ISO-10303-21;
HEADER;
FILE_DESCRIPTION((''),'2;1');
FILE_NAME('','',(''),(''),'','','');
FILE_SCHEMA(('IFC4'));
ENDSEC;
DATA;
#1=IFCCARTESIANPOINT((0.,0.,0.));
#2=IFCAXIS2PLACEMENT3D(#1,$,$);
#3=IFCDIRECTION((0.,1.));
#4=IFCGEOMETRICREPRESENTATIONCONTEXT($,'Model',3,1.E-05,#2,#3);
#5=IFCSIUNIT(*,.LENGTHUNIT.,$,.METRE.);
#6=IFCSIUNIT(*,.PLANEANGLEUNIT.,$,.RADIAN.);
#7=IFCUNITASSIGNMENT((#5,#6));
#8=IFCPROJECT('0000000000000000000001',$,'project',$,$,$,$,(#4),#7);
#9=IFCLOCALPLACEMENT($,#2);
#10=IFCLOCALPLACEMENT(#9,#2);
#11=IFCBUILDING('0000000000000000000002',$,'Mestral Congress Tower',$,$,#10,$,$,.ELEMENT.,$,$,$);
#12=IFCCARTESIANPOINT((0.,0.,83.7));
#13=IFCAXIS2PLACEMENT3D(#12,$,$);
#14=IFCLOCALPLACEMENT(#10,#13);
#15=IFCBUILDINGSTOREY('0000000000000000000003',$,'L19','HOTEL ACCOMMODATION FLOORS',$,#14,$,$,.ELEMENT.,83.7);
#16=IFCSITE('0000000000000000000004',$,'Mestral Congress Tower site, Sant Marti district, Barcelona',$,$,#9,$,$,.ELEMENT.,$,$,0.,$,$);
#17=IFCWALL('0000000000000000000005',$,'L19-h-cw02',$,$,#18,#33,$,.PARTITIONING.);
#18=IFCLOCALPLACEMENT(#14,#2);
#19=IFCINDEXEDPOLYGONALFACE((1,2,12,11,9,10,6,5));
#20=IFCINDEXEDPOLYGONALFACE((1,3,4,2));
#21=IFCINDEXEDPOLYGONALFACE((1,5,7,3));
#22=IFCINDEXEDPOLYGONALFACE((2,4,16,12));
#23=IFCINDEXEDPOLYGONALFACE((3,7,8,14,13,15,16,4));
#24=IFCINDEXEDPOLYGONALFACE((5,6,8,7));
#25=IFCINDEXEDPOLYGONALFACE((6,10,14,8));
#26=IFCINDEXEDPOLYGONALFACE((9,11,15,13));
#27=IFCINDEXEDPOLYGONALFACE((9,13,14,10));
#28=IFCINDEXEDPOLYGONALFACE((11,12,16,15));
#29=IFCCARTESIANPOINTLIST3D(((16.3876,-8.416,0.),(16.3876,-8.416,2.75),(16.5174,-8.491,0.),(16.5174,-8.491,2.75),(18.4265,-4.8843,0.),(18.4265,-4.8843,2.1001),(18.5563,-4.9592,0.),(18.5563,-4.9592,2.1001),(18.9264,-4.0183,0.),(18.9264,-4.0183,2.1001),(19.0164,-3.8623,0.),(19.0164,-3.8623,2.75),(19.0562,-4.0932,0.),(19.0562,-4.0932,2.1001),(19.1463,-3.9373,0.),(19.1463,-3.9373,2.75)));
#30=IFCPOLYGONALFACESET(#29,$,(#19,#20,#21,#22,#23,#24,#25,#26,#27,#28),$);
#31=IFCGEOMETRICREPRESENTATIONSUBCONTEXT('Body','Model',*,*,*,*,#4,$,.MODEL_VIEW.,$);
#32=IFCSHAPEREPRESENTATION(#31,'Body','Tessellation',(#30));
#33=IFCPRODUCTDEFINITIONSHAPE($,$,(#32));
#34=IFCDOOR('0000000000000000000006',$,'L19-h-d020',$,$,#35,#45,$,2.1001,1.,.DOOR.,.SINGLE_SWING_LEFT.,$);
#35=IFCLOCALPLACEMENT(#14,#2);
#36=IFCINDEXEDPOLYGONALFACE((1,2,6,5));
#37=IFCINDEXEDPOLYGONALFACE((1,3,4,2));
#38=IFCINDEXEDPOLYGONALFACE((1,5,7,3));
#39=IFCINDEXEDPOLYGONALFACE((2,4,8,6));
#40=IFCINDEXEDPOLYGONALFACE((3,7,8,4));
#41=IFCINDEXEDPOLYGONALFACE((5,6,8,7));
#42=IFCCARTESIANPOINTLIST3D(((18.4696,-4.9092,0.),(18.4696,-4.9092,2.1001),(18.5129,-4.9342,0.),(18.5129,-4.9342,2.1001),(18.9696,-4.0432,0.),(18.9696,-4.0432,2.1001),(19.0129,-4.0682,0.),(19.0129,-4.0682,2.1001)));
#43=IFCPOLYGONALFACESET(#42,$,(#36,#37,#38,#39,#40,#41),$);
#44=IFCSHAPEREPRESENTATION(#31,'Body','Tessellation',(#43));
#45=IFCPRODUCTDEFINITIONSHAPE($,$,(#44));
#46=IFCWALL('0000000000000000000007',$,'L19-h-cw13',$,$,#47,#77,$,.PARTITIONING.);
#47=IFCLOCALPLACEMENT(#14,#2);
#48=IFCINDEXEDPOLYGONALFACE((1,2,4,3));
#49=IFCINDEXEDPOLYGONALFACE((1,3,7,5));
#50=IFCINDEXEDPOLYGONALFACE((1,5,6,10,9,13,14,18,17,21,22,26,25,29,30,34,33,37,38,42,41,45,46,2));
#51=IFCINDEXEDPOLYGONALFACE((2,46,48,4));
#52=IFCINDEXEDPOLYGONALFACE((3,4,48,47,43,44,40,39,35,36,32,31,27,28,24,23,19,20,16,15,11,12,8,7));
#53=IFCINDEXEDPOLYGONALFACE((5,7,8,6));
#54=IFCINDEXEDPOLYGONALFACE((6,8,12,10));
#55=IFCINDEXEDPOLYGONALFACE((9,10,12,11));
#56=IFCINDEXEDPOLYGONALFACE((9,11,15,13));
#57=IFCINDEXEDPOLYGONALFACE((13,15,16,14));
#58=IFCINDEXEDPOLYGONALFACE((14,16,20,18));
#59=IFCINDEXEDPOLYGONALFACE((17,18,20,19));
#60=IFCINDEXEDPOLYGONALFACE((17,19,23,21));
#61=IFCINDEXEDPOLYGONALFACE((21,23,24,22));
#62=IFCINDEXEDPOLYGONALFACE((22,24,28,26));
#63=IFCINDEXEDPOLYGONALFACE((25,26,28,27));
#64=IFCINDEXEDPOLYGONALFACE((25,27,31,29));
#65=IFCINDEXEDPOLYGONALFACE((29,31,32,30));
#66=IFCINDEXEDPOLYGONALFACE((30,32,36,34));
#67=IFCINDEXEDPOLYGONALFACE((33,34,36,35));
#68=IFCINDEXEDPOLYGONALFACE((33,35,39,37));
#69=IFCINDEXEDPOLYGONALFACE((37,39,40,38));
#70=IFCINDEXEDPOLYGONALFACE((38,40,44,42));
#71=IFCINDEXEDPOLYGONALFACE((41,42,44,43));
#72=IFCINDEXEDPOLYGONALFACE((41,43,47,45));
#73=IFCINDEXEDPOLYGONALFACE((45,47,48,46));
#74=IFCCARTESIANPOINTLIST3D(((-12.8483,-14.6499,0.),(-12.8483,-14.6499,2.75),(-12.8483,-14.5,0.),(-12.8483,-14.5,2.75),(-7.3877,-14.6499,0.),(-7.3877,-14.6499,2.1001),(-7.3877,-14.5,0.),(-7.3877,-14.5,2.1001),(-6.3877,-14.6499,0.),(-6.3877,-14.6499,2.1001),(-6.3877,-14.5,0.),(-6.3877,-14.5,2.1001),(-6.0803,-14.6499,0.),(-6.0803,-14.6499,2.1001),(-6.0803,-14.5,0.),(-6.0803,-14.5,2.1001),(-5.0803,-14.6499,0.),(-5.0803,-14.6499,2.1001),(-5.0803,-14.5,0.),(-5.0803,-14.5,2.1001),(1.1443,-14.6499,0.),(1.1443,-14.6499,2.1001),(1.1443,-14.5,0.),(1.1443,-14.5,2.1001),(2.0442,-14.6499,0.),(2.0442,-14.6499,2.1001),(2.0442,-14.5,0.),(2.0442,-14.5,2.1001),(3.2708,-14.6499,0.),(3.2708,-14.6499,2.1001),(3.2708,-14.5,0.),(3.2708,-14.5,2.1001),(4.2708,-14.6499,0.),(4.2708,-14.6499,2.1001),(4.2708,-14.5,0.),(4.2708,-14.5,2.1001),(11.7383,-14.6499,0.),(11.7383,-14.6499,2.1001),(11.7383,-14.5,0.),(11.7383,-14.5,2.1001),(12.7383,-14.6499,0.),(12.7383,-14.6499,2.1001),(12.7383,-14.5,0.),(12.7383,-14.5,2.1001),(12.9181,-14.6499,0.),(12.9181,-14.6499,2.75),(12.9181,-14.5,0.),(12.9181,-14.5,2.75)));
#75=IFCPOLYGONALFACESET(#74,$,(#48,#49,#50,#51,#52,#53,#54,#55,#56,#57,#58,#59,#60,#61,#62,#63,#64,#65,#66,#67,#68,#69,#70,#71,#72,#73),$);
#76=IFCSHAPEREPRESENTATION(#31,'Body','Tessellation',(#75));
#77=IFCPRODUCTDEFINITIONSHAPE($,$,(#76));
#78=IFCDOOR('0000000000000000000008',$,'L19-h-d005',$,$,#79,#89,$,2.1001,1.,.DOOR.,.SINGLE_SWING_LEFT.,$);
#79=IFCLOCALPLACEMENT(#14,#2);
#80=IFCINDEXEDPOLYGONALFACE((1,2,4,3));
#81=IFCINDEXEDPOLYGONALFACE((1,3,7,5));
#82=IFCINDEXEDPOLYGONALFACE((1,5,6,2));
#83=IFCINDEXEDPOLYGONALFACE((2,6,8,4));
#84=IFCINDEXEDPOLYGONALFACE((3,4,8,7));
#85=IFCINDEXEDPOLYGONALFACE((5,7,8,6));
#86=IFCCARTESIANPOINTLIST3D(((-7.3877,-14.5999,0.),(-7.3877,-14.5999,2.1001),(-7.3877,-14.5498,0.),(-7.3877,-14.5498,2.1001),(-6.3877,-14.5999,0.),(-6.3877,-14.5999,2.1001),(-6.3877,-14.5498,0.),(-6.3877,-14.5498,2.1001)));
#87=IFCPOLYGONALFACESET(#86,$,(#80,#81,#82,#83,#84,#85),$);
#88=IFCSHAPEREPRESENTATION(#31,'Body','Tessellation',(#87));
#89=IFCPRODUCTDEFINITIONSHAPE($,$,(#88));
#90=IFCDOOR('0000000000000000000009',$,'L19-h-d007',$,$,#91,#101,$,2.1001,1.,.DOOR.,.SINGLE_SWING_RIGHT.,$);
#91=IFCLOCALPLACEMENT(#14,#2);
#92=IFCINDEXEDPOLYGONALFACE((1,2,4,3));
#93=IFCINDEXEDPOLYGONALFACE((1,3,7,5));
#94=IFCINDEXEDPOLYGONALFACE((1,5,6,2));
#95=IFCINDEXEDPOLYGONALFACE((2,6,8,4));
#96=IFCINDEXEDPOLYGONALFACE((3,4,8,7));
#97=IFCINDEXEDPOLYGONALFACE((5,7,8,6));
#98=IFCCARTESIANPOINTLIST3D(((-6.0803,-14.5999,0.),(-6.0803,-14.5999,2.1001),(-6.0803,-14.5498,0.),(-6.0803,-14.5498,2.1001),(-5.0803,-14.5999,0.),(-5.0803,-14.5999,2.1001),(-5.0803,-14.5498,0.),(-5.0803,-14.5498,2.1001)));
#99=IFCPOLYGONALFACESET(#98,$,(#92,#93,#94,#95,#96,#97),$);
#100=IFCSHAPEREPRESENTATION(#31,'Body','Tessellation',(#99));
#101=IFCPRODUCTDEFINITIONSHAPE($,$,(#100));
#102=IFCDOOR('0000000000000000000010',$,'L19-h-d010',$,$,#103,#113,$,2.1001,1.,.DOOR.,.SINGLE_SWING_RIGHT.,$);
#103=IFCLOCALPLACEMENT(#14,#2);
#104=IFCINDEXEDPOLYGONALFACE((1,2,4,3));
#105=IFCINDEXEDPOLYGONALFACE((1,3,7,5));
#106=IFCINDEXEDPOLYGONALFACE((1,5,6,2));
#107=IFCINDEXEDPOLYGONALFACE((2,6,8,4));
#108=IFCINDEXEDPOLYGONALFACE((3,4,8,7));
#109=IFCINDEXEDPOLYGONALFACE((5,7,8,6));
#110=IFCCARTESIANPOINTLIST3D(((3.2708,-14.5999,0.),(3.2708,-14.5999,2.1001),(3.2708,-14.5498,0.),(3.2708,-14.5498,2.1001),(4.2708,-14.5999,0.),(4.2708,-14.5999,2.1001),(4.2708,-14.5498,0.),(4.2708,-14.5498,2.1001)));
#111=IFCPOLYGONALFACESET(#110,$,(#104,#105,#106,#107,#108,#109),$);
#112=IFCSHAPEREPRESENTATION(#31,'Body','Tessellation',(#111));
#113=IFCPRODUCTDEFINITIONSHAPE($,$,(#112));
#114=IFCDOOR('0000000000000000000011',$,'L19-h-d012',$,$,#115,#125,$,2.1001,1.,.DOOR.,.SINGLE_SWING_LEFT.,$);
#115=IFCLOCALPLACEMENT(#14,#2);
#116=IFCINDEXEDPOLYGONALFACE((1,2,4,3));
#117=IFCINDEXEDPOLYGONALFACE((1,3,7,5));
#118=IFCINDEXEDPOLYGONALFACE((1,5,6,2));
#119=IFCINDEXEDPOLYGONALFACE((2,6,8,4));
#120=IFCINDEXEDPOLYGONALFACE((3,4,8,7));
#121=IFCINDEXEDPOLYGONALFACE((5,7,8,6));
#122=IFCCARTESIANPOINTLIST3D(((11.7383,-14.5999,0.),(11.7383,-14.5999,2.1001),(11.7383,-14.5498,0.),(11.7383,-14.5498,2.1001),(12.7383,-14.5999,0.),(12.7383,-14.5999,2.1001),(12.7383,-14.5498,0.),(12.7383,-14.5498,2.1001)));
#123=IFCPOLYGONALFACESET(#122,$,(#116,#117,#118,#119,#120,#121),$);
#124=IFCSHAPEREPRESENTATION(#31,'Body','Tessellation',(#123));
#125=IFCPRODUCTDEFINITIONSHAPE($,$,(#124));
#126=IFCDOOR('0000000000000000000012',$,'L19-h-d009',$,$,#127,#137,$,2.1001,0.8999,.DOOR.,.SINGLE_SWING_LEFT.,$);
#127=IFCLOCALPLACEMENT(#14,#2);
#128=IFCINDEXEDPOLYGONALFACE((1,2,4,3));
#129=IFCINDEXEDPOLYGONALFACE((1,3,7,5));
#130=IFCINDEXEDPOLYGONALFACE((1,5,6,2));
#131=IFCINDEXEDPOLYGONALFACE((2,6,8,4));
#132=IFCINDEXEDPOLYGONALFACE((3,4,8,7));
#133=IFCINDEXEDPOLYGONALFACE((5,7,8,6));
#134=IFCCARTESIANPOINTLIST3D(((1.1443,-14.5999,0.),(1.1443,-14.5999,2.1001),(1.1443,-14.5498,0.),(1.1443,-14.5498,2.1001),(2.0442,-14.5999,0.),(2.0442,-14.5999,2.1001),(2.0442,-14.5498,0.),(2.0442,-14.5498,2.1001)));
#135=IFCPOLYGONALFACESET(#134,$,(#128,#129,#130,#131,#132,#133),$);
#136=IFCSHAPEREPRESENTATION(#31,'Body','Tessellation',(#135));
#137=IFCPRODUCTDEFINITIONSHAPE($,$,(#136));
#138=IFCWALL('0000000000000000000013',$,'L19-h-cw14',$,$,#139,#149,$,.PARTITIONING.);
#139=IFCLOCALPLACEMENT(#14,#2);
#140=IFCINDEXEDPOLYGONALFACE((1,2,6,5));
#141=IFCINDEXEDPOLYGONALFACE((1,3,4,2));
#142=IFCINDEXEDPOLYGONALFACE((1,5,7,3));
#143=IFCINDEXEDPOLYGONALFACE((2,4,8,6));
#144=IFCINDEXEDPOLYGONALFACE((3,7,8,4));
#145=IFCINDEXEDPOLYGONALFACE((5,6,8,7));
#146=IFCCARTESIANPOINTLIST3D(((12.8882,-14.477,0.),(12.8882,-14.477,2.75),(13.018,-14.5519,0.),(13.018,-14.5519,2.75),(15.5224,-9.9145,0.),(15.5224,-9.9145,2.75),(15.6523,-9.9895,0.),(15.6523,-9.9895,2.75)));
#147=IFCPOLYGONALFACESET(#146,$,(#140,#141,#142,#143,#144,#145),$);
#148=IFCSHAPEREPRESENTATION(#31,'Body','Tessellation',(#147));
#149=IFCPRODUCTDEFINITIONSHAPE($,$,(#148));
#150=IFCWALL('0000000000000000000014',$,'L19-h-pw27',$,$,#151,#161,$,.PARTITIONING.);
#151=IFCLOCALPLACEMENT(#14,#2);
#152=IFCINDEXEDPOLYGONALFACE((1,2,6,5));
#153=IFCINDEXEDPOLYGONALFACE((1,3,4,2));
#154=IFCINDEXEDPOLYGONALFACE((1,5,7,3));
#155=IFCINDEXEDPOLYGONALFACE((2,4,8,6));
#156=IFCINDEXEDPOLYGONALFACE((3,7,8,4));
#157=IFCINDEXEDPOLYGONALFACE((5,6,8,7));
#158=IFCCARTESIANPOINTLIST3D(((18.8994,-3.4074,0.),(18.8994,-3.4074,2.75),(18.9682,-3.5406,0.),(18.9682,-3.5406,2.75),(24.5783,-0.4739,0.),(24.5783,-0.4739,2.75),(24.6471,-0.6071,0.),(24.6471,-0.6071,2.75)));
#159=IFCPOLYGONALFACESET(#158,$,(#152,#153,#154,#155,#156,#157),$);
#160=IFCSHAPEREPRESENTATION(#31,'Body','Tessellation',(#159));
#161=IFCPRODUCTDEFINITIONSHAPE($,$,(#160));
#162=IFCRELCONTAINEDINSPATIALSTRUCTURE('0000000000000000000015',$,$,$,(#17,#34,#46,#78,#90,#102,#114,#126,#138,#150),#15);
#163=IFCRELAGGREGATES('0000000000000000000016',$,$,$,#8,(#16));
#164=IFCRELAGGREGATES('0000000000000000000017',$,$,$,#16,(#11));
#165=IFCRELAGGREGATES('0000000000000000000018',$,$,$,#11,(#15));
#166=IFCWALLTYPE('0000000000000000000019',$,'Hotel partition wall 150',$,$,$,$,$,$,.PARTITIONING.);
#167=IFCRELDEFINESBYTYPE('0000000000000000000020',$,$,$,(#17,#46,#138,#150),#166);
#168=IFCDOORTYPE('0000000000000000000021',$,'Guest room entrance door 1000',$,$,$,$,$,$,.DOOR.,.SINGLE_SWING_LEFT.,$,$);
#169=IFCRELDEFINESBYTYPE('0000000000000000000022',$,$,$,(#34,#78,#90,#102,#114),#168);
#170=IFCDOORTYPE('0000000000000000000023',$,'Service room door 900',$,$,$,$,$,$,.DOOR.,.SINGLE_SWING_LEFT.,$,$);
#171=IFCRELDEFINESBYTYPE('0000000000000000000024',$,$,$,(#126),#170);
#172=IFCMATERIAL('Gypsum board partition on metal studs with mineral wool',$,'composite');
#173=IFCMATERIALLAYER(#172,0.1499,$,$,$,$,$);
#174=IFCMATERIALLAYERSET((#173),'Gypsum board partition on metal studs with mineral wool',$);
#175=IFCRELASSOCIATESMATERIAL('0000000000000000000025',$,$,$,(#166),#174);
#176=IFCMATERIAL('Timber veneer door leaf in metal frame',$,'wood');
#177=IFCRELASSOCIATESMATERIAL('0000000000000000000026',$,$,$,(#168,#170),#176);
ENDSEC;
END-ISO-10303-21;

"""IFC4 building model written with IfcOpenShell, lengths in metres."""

from ifc_helpers import new_model, si_unit, direction, frame, frame_2d, origin, place, context, subcontext, project, spatial, rectangle, extrude, material, layer, layer_set, type_object, element, fill, save


model = new_model("IFC4")

# Units and contexts
model_context = context("Model", 3, precision=1e-05, world=origin(), true_north=direction((0.0, 1.0)))
body_context = subcontext(model_context, "Body", "Model", "MODEL_VIEW")
ifc_project = project(units=[si_unit("LENGTHUNIT", "METRE"), si_unit("PLANEANGLEUNIT", "RADIAN")], contexts=[model_context])

# Site, building, storey
site_placement = place(None, origin())
site = spatial("IfcSite", under=ifc_project, at=site_placement, Name="Mestral Congress Tower site, Sant Marti district, Barcelona", CompositionType="ELEMENT", RefElevation=0.0)
building_placement = place(site_placement, origin())
building = spatial("IfcBuilding", under=site, at=building_placement, Name="Mestral Congress Tower", CompositionType="ELEMENT")
storey_placement = place(building_placement, frame((0.0, 0.0, 83.7)))
storey = spatial("IfcBuildingStorey", under=building, at=storey_placement, Name="L19", Description="HOTEL ACCOMMODATION FLOORS", CompositionType="ELEMENT", Elevation=83.7)

# Shared definitions
ifc_material_1 = material(Name="Gypsum board partition on metal studs with mineral wool", Category="composite")

# Wall, opening, door
ifc_layer_1 = layer(ifc_material_1, 0.1499)
ifc_layer_set_1 = layer_set([ifc_layer_1], Name="Gypsum board partition on metal studs with mineral wool")
wall_type_1 = type_object("IfcWallType", Name="Hotel partition wall 150", PredefinedType="PARTITIONING", material=ifc_layer_set_1)
ifc_material_2 = material(Name="Timber veneer door leaf in metal frame", Category="wood")
door_type_1 = type_object("IfcDoorType", Name="Guest room entrance door 1000", OperationType="SINGLE_SWING_LEFT", PredefinedType="DOOR", material=ifc_material_2)
wall_1_placement = place(storey_placement, frame((19.0813, -3.8999, 0.0), z_axis=(0.0, 0.0, 1.0), x_axis=(-0.499974, -0.86604, 0.0)))
wall_1 = element("IfcWall", 1, at=wall_1_placement, inside=storey, type_object=wall_type_1, Name="L19-h-cw02", PredefinedType="PARTITIONING", context=body_context, shape_type="SweptSolid", body=[
    extrude(rectangle(XDim=5.2581, YDim=0.1499, at=frame_2d((2.6289, 0.0))), origin(), (0.0, 0.0, 1.0), 2.75),
])
opening_1_placement = place(wall_1_placement, frame((0.1799, 0.0, 0.0)))
opening_1 = element("IfcOpeningElement", 2, at=opening_1_placement, cuts=wall_1, PredefinedType="OPENING", context=body_context, shape_type="SweptSolid", body=[
    extrude(rectangle(XDim=1.0, YDim=2.1001, at=frame_2d((0.5, 1.05))), frame((0.0, 0.085, 0.0), z_axis=(0.0, -1.0, 0.0), x_axis=(1.0, 0.0, 0.0)), (0.0, 0.0, 1.0), 0.1699),
])
door_1_placement = place(opening_1_placement, origin())
door_1 = element("IfcDoor", 3, at=door_1_placement, inside=storey, type_object=door_type_1, Name="L19-h-d020", OperationType="SINGLE_SWING_LEFT", OverallHeight=2.1001, OverallWidth=1.0, PredefinedType="DOOR", context=body_context, shape_type="SweptSolid", body=[
    extrude(rectangle(XDim=1.0, YDim=2.1001, at=frame_2d((0.5, 1.05))), frame((0.0, 0.0249, 0.0), z_axis=(0.0, -1.0, 0.0), x_axis=(1.0, 0.0, 0.0)), (0.0, 0.0, 1.0), 0.05),
])
fill(opening_1, door_1)

# Wall, openings, doors
wall_2_placement = place(storey_placement, frame((12.9182, -14.575, 0.0), z_axis=(0.0, 0.0, 1.0), x_axis=(-1.0, 0.0, 0.0)))
wall_2 = element("IfcWall", 4, at=wall_2_placement, inside=storey, type_object=wall_type_1, Name="L19-h-cw13", PredefinedType="PARTITIONING", context=body_context, shape_type="SweptSolid", body=[
    extrude(rectangle(XDim=25.7664, YDim=0.1499, at=frame_2d((12.8833, 0.0))), origin(), (0.0, 0.0, 1.0), 2.75),
])
opening_2_placement = place(wall_2_placement, frame((19.3059, 0.0, 0.0)))
opening_2 = element("IfcOpeningElement", 5, at=opening_2_placement, cuts=wall_2, PredefinedType="OPENING", context=body_context, shape_type="SweptSolid", body=[
    extrude(rectangle(XDim=1.0, YDim=2.1001, at=frame_2d((0.5, 1.05))), frame((0.0, 0.085, 0.0), z_axis=(0.0, -1.0, 0.0), x_axis=(1.0, 0.0, 0.0)), (0.0, 0.0, 1.0), 0.1699),
])
opening_3_placement = place(wall_2_placement, frame((17.9985, 0.0, 0.0)))
opening_3 = element("IfcOpeningElement", 6, at=opening_3_placement, cuts=wall_2, PredefinedType="OPENING", context=body_context, shape_type="SweptSolid", body=[
    extrude(rectangle(XDim=1.0, YDim=2.1001, at=frame_2d((0.5, 1.05))), frame((0.0, 0.085, 0.0), z_axis=(0.0, -1.0, 0.0), x_axis=(1.0, 0.0, 0.0)), (0.0, 0.0, 1.0), 0.1699),
])
opening_4_placement = place(wall_2_placement, frame((10.874, 0.0, 0.0)))
opening_4 = element("IfcOpeningElement", 7, at=opening_4_placement, cuts=wall_2, PredefinedType="OPENING", context=body_context, shape_type="SweptSolid", body=[
    extrude(rectangle(XDim=0.8999, YDim=2.1001, at=frame_2d((0.45, 1.05))), frame((0.0, 0.085, 0.0), z_axis=(0.0, -1.0, 0.0), x_axis=(1.0, 0.0, 0.0)), (0.0, 0.0, 1.0), 0.1699),
])
opening_5_placement = place(wall_2_placement, frame((8.6475, 0.0, 0.0)))
opening_5 = element("IfcOpeningElement", 8, at=opening_5_placement, cuts=wall_2, PredefinedType="OPENING", context=body_context, shape_type="SweptSolid", body=[
    extrude(rectangle(XDim=1.0, YDim=2.1001, at=frame_2d((0.5, 1.05))), frame((0.0, 0.085, 0.0), z_axis=(0.0, -1.0, 0.0), x_axis=(1.0, 0.0, 0.0)), (0.0, 0.0, 1.0), 0.1699),
])
opening_6_placement = place(wall_2_placement, frame((0.1799, 0.0, 0.0)))
opening_6 = element("IfcOpeningElement", 9, at=opening_6_placement, cuts=wall_2, PredefinedType="OPENING", context=body_context, shape_type="SweptSolid", body=[
    extrude(rectangle(XDim=1.0, YDim=2.1001, at=frame_2d((0.5, 1.05))), frame((0.0, 0.085, 0.0), z_axis=(0.0, -1.0, 0.0), x_axis=(1.0, 0.0, 0.0)), (0.0, 0.0, 1.0), 0.1699),
])
door_2_placement = place(opening_2_placement, origin())
door_2 = element("IfcDoor", 10, at=door_2_placement, inside=storey, type_object=door_type_1, Name="L19-h-d005", OperationType="SINGLE_SWING_LEFT", OverallHeight=2.1001, OverallWidth=1.0, PredefinedType="DOOR", context=body_context, shape_type="SweptSolid", body=[
    extrude(rectangle(XDim=1.0, YDim=2.1001, at=frame_2d((0.5, 1.05))), frame((0.0, 0.0249, 0.0), z_axis=(0.0, -1.0, 0.0), x_axis=(1.0, 0.0, 0.0)), (0.0, 0.0, 1.0), 0.05),
])
fill(opening_2, door_2)
door_3_placement = place(opening_3_placement, origin())
door_3 = element("IfcDoor", 11, at=door_3_placement, inside=storey, type_object=door_type_1, Name="L19-h-d007", OperationType="SINGLE_SWING_RIGHT", OverallHeight=2.1001, OverallWidth=1.0, PredefinedType="DOOR", context=body_context, shape_type="SweptSolid", body=[
    extrude(rectangle(XDim=1.0, YDim=2.1001, at=frame_2d((0.5, 1.05))), frame((0.0, 0.0249, 0.0), z_axis=(0.0, -1.0, 0.0), x_axis=(1.0, 0.0, 0.0)), (0.0, 0.0, 1.0), 0.05),
])
fill(opening_3, door_3)
door_4_placement = place(opening_5_placement, origin())
door_4 = element("IfcDoor", 12, at=door_4_placement, inside=storey, type_object=door_type_1, Name="L19-h-d010", OperationType="SINGLE_SWING_RIGHT", OverallHeight=2.1001, OverallWidth=1.0, PredefinedType="DOOR", context=body_context, shape_type="SweptSolid", body=[
    extrude(rectangle(XDim=1.0, YDim=2.1001, at=frame_2d((0.5, 1.05))), frame((0.0, 0.0249, 0.0), z_axis=(0.0, -1.0, 0.0), x_axis=(1.0, 0.0, 0.0)), (0.0, 0.0, 1.0), 0.05),
])
fill(opening_5, door_4)
door_5_placement = place(opening_6_placement, origin())
door_5 = element("IfcDoor", 13, at=door_5_placement, inside=storey, type_object=door_type_1, Name="L19-h-d012", OperationType="SINGLE_SWING_LEFT", OverallHeight=2.1001, OverallWidth=1.0, PredefinedType="DOOR", context=body_context, shape_type="SweptSolid", body=[
    extrude(rectangle(XDim=1.0, YDim=2.1001, at=frame_2d((0.5, 1.05))), frame((0.0, 0.0249, 0.0), z_axis=(0.0, -1.0, 0.0), x_axis=(1.0, 0.0, 0.0)), (0.0, 0.0, 1.0), 0.05),
])
fill(opening_6, door_5)
door_type_2 = type_object("IfcDoorType", Name="Service room door 900", OperationType="SINGLE_SWING_LEFT", PredefinedType="DOOR", material=ifc_material_2)
door_6_placement = place(opening_4_placement, origin())
door_6 = element("IfcDoor", 14, at=door_6_placement, inside=storey, type_object=door_type_2, Name="L19-h-d009", OperationType="SINGLE_SWING_LEFT", OverallHeight=2.1001, OverallWidth=0.8999, PredefinedType="DOOR", context=body_context, shape_type="SweptSolid", body=[
    extrude(rectangle(XDim=0.8999, YDim=2.1001, at=frame_2d((0.45, 1.05))), frame((0.0, 0.0249, 0.0), z_axis=(0.0, -1.0, 0.0), x_axis=(1.0, 0.0, 0.0)), (0.0, 0.0, 1.0), 0.05),
])
fill(opening_4, door_6)

# Walls
wall_3_placement = place(storey_placement, frame((15.5874, -9.9519, 0.0), z_axis=(0.0, 0.0, 1.0), x_axis=(-0.500017, -0.866016, 0.0)))
element("IfcWall", 15, at=wall_3_placement, inside=storey, type_object=wall_type_1, Name="L19-h-cw14", PredefinedType="PARTITIONING", context=body_context, shape_type="SweptSolid", body=[
    extrude(rectangle(XDim=5.2683, YDim=0.1499, at=frame_2d((2.6343, 0.0))), origin(), (0.0, 0.0, 1.0), 2.75),
])
wall_4_placement = place(storey_placement, frame((24.6125, -0.5405, 0.0), z_axis=(0.0, 0.0, 1.0), x_axis=(-0.88846, -0.458954, 0.0)))
element("IfcWall", 16, at=wall_4_placement, inside=storey, type_object=wall_type_1, Name="L19-h-pw27", PredefinedType="PARTITIONING", context=body_context, shape_type="SweptSolid", body=[
    extrude(rectangle(XDim=6.3918, YDim=0.1499, at=frame_2d((3.1958, 0.0))), origin(), (0.0, 0.0, 1.0), 2.75),
])

save(model, "model.ifc")
